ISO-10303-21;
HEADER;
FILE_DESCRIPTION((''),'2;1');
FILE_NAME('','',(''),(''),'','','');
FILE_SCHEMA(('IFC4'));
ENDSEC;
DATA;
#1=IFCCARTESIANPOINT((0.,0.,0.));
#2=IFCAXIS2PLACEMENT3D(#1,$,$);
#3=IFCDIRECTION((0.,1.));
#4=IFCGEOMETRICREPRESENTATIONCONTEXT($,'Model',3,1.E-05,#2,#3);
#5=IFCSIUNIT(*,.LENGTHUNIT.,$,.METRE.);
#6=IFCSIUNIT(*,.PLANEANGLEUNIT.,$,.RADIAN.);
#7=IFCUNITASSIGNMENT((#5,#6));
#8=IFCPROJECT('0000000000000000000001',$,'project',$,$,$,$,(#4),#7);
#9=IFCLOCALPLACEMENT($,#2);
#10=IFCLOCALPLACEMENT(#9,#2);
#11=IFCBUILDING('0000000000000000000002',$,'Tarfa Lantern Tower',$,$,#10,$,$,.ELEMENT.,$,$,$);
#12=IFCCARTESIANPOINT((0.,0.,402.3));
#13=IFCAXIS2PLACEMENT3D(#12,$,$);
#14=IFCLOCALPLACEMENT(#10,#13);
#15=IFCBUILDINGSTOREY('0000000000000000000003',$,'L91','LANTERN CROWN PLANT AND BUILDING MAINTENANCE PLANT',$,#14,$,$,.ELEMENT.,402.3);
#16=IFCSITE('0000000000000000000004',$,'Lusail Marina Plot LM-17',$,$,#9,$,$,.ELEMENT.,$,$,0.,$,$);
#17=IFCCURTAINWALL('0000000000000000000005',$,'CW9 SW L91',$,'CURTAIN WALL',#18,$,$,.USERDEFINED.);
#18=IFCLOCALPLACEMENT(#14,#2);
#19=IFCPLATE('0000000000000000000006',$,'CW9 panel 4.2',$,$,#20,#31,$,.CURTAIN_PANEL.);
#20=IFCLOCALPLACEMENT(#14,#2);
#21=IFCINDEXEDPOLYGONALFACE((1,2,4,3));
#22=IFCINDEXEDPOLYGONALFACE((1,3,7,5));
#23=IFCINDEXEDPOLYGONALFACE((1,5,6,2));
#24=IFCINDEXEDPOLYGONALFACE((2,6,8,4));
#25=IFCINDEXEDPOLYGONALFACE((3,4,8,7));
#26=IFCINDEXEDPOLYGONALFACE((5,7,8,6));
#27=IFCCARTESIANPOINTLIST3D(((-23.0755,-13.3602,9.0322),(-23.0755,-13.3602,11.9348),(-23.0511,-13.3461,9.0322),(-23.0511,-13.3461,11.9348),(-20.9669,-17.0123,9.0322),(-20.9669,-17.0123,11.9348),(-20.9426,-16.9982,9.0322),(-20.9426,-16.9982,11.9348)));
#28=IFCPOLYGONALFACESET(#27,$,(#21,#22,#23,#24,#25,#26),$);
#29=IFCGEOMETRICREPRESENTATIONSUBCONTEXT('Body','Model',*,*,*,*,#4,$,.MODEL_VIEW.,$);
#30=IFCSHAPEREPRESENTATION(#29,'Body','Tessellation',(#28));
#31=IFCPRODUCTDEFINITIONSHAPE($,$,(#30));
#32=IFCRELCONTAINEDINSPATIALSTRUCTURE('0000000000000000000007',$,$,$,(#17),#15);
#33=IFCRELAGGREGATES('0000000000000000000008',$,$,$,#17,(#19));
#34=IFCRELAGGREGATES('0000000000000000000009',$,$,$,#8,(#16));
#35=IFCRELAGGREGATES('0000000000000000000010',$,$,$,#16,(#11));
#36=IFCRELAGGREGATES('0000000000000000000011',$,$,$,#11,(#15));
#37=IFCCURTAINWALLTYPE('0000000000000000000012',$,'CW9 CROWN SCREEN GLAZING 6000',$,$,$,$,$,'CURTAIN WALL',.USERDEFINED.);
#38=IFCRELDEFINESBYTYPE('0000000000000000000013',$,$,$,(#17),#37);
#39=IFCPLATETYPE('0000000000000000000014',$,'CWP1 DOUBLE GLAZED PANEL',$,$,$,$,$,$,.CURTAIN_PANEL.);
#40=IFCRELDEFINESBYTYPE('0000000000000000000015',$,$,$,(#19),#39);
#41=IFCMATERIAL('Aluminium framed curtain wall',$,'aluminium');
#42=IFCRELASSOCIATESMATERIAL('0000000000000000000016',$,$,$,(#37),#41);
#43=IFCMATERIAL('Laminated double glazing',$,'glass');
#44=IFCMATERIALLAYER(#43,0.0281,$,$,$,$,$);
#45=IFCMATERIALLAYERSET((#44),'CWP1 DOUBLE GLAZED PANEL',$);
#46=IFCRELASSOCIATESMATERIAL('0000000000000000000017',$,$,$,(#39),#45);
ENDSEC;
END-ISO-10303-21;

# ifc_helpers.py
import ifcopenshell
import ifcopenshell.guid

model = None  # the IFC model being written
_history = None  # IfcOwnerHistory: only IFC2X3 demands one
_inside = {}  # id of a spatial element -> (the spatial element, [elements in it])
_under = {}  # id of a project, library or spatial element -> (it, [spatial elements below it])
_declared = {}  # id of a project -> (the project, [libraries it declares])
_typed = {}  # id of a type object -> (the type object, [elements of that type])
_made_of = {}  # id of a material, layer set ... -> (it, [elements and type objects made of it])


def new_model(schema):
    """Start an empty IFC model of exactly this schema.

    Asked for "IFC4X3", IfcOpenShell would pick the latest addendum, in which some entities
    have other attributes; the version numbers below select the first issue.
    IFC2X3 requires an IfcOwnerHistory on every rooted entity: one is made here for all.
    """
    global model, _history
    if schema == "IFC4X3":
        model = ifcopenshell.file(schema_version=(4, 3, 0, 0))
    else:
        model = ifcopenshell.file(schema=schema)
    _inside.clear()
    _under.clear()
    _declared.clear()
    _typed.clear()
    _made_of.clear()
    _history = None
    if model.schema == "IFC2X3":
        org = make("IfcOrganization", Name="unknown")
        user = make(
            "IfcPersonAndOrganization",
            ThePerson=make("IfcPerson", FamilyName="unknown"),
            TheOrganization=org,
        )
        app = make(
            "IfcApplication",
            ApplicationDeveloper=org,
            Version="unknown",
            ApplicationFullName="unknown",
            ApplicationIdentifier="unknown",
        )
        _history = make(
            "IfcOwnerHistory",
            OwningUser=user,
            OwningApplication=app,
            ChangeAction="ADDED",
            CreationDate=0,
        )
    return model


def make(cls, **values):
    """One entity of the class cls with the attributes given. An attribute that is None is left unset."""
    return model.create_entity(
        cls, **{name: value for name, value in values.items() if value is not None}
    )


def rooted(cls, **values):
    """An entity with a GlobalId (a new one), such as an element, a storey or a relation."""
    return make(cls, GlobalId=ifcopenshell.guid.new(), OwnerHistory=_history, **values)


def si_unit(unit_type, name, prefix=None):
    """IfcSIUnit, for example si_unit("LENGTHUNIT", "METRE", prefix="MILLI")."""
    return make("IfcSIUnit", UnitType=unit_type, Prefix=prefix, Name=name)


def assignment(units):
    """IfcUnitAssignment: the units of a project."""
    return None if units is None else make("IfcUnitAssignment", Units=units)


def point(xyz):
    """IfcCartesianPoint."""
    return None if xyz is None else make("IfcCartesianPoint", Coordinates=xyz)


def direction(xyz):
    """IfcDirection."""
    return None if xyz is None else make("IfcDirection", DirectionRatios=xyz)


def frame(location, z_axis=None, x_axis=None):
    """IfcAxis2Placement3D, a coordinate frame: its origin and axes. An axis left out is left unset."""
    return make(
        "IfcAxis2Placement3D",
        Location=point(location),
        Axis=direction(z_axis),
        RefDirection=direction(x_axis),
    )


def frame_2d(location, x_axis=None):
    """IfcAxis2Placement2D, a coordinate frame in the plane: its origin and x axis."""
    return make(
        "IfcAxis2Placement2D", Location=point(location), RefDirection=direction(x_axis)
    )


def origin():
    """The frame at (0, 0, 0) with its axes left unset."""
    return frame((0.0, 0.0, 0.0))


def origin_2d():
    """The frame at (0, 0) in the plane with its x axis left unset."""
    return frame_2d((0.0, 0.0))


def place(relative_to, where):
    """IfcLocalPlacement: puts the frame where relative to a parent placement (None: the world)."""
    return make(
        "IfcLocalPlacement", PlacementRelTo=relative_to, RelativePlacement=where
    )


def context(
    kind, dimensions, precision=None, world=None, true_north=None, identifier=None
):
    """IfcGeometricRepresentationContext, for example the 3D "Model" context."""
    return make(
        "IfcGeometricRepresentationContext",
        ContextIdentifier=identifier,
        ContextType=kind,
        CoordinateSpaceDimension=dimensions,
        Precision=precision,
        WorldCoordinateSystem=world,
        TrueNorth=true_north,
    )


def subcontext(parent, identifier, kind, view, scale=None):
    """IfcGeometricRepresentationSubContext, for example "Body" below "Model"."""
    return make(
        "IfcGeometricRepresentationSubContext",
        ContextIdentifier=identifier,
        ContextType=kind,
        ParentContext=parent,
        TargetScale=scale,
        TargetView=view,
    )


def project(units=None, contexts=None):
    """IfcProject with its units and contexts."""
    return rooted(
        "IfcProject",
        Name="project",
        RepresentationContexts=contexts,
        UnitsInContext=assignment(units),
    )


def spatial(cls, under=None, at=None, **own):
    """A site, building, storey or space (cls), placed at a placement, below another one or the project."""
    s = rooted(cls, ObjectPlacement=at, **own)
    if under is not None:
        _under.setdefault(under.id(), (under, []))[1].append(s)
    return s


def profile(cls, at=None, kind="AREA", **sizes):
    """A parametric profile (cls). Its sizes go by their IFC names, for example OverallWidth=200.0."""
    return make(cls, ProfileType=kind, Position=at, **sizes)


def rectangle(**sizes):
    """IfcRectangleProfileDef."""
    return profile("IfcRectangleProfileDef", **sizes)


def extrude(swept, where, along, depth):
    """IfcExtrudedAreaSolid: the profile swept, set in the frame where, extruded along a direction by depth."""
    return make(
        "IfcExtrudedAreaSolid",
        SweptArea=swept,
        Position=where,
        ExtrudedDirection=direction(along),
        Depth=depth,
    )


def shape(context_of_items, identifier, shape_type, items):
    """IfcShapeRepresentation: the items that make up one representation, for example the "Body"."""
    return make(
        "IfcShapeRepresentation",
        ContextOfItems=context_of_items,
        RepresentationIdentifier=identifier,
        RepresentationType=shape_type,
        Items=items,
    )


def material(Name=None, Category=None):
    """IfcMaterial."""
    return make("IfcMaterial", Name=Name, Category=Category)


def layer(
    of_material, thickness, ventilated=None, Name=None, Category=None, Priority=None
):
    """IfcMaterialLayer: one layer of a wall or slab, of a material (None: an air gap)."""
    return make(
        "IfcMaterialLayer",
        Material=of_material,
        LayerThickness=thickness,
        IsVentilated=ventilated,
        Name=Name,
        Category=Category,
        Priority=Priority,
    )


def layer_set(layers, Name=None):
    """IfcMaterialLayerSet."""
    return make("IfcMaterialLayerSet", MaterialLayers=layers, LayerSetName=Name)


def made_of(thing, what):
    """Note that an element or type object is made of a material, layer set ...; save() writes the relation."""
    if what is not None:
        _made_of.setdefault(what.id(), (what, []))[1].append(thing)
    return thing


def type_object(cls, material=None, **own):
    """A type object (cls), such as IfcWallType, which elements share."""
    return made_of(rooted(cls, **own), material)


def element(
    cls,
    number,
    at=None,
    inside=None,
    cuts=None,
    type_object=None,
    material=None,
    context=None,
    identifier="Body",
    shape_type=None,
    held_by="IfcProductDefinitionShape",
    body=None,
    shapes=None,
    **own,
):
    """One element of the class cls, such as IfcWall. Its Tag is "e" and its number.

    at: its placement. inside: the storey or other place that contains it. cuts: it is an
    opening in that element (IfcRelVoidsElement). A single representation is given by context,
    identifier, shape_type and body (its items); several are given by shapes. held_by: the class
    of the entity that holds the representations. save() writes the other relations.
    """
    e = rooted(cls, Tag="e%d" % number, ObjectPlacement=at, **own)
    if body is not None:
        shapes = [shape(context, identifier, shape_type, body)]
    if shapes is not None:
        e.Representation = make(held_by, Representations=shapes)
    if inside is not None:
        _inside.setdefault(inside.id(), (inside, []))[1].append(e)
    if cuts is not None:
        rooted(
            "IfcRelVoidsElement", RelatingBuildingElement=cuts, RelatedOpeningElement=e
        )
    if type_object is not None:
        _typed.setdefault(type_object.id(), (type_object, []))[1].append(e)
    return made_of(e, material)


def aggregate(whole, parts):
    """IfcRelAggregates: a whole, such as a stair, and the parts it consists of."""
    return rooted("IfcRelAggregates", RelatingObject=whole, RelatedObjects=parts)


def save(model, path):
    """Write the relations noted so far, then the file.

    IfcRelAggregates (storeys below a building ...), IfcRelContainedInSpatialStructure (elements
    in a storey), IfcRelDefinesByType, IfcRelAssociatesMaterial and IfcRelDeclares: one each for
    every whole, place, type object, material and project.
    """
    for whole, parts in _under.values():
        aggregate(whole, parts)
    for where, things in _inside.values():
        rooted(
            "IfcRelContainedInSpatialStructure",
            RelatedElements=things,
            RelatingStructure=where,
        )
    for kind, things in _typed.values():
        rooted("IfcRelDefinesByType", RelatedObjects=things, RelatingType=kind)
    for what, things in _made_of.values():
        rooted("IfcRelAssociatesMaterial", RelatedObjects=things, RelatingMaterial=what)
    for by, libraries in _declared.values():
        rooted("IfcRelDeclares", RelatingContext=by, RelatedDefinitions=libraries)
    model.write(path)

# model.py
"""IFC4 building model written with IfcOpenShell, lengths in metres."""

from ifc_helpers import new_model, si_unit, direction, frame, origin, origin_2d, place, context, subcontext, project, spatial, rectangle, extrude, material, layer, layer_set, type_object, element, aggregate, save


model = new_model("IFC4")

# Units and contexts
model_context = context("Model", 3, precision=1e-05, world=origin(), true_north=direction((0.0, 1.0)))
body_context = subcontext(model_context, "Body", "Model", "MODEL_VIEW")
ifc_project = project(units=[si_unit("LENGTHUNIT", "METRE"), si_unit("PLANEANGLEUNIT", "RADIAN")], contexts=[model_context])

# Site, building, storey
site_placement = place(None, origin())
site = spatial("IfcSite", under=ifc_project, at=site_placement, Name="Lusail Marina Plot LM-17", CompositionType="ELEMENT", RefElevation=0.0)
building_placement = place(site_placement, origin())
building = spatial("IfcBuilding", under=site, at=building_placement, Name="Tarfa Lantern Tower", CompositionType="ELEMENT")
storey_placement = place(building_placement, frame((0.0, 0.0, 402.3)))
storey = spatial("IfcBuildingStorey", under=building, at=storey_placement, Name="L91", Description="LANTERN CROWN PLANT AND BUILDING MAINTENANCE PLANT", CompositionType="ELEMENT", Elevation=402.3)

# Curtain wall
ifc_material_1 = material(Name="Aluminium framed curtain wall", Category="aluminium")
curtain_wall_type_1 = type_object("IfcCurtainWallType", Name="CW9 CROWN SCREEN GLAZING 6000", ElementType="CURTAIN WALL", PredefinedType="USERDEFINED", material=ifc_material_1)
curtain_wall_1_placement = place(storey_placement, origin())
curtain_wall_1 = element("IfcCurtainWall", 1, at=curtain_wall_1_placement, inside=storey, type_object=curtain_wall_type_1, Name="CW9 SW L91", ObjectType="CURTAIN WALL", PredefinedType="USERDEFINED")

# Plate
ifc_material_2 = material(Name="Laminated double glazing", Category="glass")
ifc_layer = layer(ifc_material_2, 0.0281)
ifc_layer_set = layer_set([ifc_layer], Name="CWP1 DOUBLE GLAZED PANEL")
plate_type = type_object("IfcPlateType", Name="CWP1 DOUBLE GLAZED PANEL", PredefinedType="CURTAIN_PANEL", material=ifc_layer_set)
plate_1_placement = place(storey_placement, frame((-22.009, -15.1792, 9.0322), z_axis=(0.0, 0.0, 1.0), x_axis=(0.5, -0.866025, 0.0)))
plate_1 = element("IfcPlate", 2, at=plate_1_placement, type_object=plate_type, Name="CW9 panel 4.2", PredefinedType="CURTAIN_PANEL", context=body_context, shape_type="SweptSolid", body=[
    extrude(rectangle(XDim=4.217, YDim=0.0281, at=origin_2d()), origin(), (0.0, 0.0, 1.0), 2.9026),
])
aggregate(curtain_wall_1, [plate_1])

save(model, "model.ifc")
